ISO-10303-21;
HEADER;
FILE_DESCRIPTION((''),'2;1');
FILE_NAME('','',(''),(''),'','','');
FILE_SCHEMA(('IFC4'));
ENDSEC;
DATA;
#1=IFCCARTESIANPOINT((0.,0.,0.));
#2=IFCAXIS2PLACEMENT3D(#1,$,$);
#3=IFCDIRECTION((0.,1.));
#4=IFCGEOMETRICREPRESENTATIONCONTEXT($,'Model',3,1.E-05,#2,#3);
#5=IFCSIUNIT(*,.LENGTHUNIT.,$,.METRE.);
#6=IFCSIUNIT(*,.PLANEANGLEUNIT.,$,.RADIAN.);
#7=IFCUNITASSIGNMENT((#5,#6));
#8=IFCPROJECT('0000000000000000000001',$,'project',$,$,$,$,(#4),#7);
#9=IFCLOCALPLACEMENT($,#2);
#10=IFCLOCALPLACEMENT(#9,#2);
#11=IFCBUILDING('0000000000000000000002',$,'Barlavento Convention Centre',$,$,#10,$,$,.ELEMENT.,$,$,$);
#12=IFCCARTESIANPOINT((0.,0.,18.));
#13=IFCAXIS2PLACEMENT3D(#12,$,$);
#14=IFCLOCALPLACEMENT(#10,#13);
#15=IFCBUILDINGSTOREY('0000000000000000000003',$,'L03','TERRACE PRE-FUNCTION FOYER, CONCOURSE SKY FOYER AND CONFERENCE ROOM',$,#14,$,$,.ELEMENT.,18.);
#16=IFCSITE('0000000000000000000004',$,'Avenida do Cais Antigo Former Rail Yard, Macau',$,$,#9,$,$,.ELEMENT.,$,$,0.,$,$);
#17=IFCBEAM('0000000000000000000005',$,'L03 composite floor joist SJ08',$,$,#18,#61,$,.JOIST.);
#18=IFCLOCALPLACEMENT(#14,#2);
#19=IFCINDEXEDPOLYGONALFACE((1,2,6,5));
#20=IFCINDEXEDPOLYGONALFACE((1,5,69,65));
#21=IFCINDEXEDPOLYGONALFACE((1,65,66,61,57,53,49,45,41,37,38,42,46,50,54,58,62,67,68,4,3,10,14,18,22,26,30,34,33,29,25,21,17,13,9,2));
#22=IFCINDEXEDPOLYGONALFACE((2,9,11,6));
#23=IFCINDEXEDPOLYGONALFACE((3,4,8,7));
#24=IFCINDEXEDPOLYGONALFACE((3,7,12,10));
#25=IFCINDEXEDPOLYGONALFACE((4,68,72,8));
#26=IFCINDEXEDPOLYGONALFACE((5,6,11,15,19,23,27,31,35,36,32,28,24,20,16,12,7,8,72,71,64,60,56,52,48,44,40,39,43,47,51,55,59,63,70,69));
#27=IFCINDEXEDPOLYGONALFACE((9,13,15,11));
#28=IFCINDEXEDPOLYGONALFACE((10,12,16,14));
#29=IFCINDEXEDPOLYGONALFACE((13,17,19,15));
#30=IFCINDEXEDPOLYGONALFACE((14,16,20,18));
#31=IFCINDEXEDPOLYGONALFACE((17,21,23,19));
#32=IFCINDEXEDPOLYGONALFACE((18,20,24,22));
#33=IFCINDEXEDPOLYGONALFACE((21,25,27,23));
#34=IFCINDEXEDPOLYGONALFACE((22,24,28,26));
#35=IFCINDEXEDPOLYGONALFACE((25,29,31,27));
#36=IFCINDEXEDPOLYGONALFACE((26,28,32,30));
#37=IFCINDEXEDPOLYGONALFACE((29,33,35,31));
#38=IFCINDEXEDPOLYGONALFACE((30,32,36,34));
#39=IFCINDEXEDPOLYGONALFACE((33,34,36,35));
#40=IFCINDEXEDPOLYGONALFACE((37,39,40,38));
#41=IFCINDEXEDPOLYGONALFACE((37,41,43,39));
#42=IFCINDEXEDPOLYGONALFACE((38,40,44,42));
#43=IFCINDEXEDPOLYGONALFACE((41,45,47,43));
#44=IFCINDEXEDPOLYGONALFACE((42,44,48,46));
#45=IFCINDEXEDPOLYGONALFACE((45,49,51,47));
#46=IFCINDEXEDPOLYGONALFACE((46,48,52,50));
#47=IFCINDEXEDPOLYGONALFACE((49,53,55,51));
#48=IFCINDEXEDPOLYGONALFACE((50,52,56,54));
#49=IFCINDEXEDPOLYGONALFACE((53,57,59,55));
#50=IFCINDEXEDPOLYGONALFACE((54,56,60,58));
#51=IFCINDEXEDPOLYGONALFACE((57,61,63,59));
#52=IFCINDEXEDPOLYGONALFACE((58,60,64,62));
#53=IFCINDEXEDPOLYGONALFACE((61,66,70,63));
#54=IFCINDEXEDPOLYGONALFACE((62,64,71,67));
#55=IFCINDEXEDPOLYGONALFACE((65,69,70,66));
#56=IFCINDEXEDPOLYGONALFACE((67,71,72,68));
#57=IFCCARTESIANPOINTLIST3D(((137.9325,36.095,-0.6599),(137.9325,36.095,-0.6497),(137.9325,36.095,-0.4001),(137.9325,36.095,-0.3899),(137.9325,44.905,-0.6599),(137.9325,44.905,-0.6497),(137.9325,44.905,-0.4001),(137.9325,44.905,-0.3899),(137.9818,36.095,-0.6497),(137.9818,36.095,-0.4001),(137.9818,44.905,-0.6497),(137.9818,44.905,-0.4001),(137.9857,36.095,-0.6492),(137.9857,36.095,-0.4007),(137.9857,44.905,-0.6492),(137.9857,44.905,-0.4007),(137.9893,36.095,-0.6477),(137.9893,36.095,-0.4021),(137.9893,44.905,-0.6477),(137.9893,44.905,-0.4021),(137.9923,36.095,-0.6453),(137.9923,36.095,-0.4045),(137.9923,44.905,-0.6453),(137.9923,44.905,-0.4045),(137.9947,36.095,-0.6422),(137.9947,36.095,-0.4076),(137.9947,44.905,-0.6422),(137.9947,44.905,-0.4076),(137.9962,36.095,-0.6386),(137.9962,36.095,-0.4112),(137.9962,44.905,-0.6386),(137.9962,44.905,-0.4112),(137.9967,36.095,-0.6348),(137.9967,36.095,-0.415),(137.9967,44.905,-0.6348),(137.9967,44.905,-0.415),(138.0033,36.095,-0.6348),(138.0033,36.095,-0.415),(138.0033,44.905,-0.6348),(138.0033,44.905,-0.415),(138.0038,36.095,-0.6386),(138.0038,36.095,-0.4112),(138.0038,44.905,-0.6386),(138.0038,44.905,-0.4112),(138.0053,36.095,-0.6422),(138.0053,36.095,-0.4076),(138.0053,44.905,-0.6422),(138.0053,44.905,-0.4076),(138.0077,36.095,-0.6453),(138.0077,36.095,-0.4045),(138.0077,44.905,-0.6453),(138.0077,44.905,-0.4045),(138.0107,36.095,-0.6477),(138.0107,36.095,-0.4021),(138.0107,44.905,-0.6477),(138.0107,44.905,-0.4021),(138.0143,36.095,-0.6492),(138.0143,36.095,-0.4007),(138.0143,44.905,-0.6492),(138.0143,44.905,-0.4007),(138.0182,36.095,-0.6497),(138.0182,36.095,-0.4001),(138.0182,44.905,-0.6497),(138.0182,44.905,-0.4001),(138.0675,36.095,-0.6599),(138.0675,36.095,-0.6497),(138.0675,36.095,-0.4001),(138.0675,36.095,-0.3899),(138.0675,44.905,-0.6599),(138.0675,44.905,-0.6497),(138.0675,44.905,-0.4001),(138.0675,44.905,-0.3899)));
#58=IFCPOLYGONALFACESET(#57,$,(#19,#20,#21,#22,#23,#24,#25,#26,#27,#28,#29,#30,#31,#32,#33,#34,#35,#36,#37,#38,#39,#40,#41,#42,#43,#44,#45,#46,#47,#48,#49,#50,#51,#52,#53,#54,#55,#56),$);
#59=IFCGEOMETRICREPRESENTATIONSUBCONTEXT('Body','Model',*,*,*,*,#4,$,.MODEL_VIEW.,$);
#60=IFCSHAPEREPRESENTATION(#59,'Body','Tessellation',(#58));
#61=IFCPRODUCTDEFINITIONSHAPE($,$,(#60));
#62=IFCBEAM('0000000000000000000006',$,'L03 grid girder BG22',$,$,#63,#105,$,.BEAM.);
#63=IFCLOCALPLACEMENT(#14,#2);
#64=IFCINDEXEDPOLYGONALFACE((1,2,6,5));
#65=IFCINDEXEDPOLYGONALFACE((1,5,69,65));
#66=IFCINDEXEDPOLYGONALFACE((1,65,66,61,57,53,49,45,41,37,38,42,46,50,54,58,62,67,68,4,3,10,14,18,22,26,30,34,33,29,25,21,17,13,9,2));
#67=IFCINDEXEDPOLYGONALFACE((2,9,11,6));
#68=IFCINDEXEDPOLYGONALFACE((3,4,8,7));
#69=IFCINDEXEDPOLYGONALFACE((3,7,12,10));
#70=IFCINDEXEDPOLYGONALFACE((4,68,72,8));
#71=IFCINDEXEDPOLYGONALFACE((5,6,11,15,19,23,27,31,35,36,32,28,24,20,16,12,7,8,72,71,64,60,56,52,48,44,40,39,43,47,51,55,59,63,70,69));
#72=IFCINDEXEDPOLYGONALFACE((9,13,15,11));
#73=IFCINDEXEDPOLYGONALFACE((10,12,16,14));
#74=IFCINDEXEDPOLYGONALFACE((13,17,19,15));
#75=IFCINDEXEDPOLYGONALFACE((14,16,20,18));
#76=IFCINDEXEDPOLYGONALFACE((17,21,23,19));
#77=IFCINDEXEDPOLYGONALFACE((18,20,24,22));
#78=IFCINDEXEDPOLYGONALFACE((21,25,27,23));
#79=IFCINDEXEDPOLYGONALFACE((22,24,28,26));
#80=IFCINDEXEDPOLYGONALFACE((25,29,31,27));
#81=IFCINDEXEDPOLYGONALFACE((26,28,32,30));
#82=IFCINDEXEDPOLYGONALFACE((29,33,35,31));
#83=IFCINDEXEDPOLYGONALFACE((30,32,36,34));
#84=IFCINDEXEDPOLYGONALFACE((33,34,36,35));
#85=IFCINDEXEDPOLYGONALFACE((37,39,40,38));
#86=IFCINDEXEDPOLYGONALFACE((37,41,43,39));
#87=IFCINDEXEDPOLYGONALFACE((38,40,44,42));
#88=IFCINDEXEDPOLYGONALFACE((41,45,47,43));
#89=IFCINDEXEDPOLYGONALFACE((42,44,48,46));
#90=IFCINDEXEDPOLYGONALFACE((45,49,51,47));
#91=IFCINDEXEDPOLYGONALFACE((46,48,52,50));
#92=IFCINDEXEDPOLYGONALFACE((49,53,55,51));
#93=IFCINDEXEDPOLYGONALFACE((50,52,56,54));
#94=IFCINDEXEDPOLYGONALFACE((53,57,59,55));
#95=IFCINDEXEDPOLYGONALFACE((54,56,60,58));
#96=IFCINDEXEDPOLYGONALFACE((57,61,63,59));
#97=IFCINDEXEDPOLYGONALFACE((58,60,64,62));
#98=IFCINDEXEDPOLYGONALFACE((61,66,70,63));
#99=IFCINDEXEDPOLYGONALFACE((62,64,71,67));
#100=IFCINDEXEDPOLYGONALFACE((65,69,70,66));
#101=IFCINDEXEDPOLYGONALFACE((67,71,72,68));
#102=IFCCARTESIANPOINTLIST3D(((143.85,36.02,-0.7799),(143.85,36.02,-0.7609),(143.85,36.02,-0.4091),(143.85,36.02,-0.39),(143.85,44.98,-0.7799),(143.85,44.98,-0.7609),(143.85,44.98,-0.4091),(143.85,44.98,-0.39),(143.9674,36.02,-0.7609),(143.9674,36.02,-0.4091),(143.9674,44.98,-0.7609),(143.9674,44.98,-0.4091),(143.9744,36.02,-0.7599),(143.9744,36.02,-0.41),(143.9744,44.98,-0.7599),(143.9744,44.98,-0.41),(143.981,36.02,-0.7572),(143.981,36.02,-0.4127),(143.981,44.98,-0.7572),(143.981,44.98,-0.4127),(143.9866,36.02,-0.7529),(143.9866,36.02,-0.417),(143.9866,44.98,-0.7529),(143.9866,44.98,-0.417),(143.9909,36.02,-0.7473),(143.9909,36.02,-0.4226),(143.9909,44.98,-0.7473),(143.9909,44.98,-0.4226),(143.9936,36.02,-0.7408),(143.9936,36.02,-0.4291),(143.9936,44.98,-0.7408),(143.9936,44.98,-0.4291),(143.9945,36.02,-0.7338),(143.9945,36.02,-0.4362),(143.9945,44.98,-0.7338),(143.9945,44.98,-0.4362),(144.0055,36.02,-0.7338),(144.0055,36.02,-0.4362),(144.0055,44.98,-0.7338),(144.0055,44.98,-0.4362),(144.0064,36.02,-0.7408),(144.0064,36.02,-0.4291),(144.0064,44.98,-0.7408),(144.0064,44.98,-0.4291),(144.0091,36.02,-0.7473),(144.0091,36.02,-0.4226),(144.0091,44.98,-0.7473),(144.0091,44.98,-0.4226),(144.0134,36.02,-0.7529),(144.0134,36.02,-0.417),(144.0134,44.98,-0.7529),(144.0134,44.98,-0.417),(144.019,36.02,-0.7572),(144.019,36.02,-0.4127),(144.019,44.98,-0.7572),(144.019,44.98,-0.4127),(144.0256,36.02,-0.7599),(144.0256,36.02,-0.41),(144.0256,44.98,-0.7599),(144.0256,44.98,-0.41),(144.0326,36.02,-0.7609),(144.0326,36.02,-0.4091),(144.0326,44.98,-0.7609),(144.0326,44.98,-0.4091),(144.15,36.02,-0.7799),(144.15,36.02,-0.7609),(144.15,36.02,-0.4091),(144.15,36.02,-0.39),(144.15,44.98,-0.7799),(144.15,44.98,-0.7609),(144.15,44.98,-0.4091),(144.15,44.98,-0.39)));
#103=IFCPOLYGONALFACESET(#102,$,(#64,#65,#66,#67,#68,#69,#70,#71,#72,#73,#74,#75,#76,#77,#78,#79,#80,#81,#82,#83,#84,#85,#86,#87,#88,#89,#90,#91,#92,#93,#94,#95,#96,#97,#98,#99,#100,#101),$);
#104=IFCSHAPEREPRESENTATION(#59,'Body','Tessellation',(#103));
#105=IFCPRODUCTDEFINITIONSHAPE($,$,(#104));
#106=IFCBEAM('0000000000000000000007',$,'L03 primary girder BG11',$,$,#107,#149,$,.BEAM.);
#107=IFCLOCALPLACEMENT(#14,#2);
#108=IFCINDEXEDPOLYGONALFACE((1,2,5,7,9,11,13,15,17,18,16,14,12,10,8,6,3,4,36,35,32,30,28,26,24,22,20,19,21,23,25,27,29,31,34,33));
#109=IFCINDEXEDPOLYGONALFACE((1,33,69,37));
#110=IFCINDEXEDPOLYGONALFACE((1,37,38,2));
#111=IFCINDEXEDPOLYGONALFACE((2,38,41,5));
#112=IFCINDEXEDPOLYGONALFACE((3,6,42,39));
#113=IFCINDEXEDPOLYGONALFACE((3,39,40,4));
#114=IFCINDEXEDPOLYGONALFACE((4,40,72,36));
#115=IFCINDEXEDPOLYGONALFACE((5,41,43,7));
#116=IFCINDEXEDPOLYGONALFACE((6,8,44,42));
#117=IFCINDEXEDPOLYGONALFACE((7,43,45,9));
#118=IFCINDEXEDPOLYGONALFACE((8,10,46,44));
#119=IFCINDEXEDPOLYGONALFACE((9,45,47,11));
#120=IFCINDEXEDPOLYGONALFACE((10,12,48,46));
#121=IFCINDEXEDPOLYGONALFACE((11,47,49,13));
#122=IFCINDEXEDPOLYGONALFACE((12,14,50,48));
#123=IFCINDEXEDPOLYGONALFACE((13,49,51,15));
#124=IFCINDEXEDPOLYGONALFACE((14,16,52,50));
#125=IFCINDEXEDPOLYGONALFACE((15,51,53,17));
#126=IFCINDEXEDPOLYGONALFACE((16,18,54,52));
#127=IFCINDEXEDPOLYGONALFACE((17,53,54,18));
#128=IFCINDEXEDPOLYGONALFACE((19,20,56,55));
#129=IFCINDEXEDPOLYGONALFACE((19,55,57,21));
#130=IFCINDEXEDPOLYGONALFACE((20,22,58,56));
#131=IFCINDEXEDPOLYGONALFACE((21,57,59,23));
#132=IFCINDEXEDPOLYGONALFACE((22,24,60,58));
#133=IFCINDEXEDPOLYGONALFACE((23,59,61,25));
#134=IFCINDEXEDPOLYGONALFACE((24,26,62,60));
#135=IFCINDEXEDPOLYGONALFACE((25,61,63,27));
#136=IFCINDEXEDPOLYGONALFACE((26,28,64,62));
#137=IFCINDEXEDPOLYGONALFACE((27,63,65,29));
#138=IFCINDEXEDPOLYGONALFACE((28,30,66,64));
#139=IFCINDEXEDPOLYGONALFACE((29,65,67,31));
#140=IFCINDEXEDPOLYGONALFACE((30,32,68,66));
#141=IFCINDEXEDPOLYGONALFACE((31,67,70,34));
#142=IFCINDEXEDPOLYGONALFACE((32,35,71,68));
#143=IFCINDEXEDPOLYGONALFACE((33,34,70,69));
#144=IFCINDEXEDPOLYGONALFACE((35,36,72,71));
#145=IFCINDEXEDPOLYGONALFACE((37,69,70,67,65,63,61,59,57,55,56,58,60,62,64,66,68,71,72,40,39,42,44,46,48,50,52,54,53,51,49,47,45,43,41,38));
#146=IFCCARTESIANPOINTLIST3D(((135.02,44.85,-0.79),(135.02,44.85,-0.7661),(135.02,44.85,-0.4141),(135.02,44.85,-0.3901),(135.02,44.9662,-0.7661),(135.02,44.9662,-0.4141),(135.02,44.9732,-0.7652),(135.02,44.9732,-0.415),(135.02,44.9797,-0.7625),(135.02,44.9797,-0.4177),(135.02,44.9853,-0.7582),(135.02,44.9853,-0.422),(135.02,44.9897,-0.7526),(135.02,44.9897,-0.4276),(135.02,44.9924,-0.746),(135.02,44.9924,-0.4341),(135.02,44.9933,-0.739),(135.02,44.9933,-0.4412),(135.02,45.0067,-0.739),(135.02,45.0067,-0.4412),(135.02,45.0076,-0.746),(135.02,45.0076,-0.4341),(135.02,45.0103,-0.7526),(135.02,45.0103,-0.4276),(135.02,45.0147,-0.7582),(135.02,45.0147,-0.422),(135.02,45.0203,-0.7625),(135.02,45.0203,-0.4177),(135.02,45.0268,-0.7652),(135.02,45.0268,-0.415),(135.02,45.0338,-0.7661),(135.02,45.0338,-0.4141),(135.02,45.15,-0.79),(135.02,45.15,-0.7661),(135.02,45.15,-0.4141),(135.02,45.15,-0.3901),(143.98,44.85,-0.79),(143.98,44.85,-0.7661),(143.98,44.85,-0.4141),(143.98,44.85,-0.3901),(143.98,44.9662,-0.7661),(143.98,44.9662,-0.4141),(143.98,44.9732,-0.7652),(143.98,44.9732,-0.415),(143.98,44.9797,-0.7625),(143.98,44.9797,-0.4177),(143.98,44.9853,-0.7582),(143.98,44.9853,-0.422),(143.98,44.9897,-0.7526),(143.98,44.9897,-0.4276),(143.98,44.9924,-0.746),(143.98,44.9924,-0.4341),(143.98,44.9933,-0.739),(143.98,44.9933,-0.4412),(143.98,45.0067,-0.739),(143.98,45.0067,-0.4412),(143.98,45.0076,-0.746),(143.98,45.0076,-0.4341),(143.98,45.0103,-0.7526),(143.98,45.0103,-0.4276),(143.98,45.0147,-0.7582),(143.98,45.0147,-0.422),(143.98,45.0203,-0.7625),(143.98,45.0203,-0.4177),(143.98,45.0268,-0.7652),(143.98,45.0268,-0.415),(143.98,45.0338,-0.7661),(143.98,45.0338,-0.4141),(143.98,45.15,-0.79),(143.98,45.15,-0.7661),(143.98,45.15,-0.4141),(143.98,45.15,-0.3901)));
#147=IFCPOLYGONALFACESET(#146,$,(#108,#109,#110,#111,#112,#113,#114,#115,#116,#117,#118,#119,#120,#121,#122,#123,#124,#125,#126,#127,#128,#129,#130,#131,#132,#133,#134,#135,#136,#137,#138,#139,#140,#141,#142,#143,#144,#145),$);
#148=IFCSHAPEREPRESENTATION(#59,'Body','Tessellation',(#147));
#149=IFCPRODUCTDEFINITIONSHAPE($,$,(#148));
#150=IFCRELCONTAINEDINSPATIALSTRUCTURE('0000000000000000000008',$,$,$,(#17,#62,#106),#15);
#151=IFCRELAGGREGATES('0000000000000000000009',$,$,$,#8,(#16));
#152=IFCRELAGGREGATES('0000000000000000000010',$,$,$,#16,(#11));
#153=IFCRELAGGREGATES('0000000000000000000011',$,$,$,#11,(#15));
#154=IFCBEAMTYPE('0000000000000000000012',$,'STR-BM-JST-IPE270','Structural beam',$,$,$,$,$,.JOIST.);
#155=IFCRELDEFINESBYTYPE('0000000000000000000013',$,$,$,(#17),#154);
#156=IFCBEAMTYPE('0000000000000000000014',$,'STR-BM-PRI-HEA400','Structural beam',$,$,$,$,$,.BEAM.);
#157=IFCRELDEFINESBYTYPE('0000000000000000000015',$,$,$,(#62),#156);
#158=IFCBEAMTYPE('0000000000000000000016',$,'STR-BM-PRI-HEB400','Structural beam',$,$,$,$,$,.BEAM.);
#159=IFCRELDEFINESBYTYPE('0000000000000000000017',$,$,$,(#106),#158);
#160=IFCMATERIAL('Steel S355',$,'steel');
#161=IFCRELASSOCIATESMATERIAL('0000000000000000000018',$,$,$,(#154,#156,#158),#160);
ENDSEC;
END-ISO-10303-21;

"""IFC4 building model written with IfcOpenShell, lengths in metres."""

from ifc_helpers import new_model, si_unit, direction, frame, origin, origin_2d, place, context, subcontext, project, spatial, i_section, extrude, material, material_profile, profile_set, type_object, element, save


model = new_model("IFC4")

# Units and contexts
model_context = context("Model", 3, precision=1e-05, world=origin(), true_north=direction((0.0, 1.0)))
body_context = subcontext(model_context, "Body", "Model", "MODEL_VIEW")
ifc_project = project(units=[si_unit("LENGTHUNIT", "METRE"), si_unit("PLANEANGLEUNIT", "RADIAN")], contexts=[model_context])

# Site, building, storey
site_placement = place(None, origin())
site = spatial("IfcSite", under=ifc_project, at=site_placement, Name="Avenida do Cais Antigo Former Rail Yard, Macau", CompositionType="ELEMENT", RefElevation=0.0)
building_placement = place(site_placement, origin())
building = spatial("IfcBuilding", under=site, at=building_placement, Name="Barlavento Convention Centre", CompositionType="ELEMENT")
storey_placement = place(building_placement, frame((0.0, 0.0, 18.0)))
storey = spatial("IfcBuildingStorey", under=building, at=storey_placement, Name="L03", Description="TERRACE PRE-FUNCTION FOYER, CONCOURSE SKY FOYER AND CONFERENCE ROOM", CompositionType="ELEMENT", Elevation=18.0)

# Shared definitions
ifc_material_1 = material(Name="Steel S355", Category="steel")

# Beams
ifc_material_profile_1 = material_profile(ifc_material_1, i_section(OverallWidth=0.135, OverallDepth=0.27, WebThickness=0.0066, FlangeThickness=0.0103, FilletRadius=0.0149, at=origin_2d()), Name="IPE 270")
ifc_profile_set_1 = profile_set([ifc_material_profile_1], Name="Steel S355")
beam_type_1 = type_object("IfcBeamType", Name="STR-BM-JST-IPE270", Description="Structural beam", PredefinedType="JOIST", material=ifc_profile_set_1)
beam_1_placement = place(storey_placement, frame((138.0, 36.095, -0.5249), z_axis=(0.0, 1.0, 0.0), x_axis=(-1.0, 0.0, 0.0)))
element("IfcBeam", 1, at=beam_1_placement, inside=storey, type_object=beam_type_1, Name="L03 composite floor joist SJ08", PredefinedType="JOIST", context=body_context, shape_type="SweptSolid", body=[
    extrude(i_section(OverallWidth=0.135, OverallDepth=0.27, WebThickness=0.0066, FlangeThickness=0.0103, FilletRadius=0.0149, at=origin_2d()), origin(), (0.0, 0.0, 1.0), 8.8101),
])
ifc_material_profile_2 = material_profile(ifc_material_1, i_section(OverallWidth=0.3, OverallDepth=0.3899, WebThickness=0.011, FlangeThickness=0.019, FilletRadius=0.0271, at=origin_2d()), Name="HEA 400")
ifc_profile_set_2 = profile_set([ifc_material_profile_2], Name="Steel S355")
beam_type_2 = type_object("IfcBeamType", Name="STR-BM-PRI-HEA400", Description="Structural beam", PredefinedType="BEAM", material=ifc_profile_set_2)
beam_2_placement = place(storey_placement, frame((144.0, 36.02, -0.585), z_axis=(0.0, 1.0, 0.0), x_axis=(-1.0, 0.0, 0.0)))
element("IfcBeam", 2, at=beam_2_placement, inside=storey, type_object=beam_type_2, Name="L03 grid girder BG22", PredefinedType="BEAM", context=body_context, shape_type="SweptSolid", body=[
    extrude(i_section(OverallWidth=0.3, OverallDepth=0.3899, WebThickness=0.011, FlangeThickness=0.019, FilletRadius=0.0271, at=origin_2d()), origin(), (0.0, 0.0, 1.0), 8.96),
])
ifc_material_profile_3 = material_profile(ifc_material_1, i_section(OverallWidth=0.3, OverallDepth=0.3999, WebThickness=0.0134, FlangeThickness=0.0239, FilletRadius=0.0271, at=origin_2d()), Name="HEB 400")
ifc_profile_set_3 = profile_set([ifc_material_profile_3], Name="Steel S355")
beam_type_3 = type_object("IfcBeamType", Name="STR-BM-PRI-HEB400", Description="Structural beam", PredefinedType="BEAM", material=ifc_profile_set_3)
beam_3_placement = place(storey_placement, frame((135.02, 45.0, -0.5901), z_axis=(1.0, 0.0, 0.0), x_axis=(0.0, 1.0, 0.0)))
element("IfcBeam", 3, at=beam_3_placement, inside=storey, type_object=beam_type_3, Name="L03 primary girder BG11", PredefinedType="BEAM", context=body_context, shape_type="SweptSolid", body=[
    extrude(i_section(OverallWidth=0.3, OverallDepth=0.3999, WebThickness=0.0134, FlangeThickness=0.0239, FilletRadius=0.0271, at=origin_2d()), origin(), (0.0, 0.0, 1.0), 8.96),
])

save(model, "model.ifc")
